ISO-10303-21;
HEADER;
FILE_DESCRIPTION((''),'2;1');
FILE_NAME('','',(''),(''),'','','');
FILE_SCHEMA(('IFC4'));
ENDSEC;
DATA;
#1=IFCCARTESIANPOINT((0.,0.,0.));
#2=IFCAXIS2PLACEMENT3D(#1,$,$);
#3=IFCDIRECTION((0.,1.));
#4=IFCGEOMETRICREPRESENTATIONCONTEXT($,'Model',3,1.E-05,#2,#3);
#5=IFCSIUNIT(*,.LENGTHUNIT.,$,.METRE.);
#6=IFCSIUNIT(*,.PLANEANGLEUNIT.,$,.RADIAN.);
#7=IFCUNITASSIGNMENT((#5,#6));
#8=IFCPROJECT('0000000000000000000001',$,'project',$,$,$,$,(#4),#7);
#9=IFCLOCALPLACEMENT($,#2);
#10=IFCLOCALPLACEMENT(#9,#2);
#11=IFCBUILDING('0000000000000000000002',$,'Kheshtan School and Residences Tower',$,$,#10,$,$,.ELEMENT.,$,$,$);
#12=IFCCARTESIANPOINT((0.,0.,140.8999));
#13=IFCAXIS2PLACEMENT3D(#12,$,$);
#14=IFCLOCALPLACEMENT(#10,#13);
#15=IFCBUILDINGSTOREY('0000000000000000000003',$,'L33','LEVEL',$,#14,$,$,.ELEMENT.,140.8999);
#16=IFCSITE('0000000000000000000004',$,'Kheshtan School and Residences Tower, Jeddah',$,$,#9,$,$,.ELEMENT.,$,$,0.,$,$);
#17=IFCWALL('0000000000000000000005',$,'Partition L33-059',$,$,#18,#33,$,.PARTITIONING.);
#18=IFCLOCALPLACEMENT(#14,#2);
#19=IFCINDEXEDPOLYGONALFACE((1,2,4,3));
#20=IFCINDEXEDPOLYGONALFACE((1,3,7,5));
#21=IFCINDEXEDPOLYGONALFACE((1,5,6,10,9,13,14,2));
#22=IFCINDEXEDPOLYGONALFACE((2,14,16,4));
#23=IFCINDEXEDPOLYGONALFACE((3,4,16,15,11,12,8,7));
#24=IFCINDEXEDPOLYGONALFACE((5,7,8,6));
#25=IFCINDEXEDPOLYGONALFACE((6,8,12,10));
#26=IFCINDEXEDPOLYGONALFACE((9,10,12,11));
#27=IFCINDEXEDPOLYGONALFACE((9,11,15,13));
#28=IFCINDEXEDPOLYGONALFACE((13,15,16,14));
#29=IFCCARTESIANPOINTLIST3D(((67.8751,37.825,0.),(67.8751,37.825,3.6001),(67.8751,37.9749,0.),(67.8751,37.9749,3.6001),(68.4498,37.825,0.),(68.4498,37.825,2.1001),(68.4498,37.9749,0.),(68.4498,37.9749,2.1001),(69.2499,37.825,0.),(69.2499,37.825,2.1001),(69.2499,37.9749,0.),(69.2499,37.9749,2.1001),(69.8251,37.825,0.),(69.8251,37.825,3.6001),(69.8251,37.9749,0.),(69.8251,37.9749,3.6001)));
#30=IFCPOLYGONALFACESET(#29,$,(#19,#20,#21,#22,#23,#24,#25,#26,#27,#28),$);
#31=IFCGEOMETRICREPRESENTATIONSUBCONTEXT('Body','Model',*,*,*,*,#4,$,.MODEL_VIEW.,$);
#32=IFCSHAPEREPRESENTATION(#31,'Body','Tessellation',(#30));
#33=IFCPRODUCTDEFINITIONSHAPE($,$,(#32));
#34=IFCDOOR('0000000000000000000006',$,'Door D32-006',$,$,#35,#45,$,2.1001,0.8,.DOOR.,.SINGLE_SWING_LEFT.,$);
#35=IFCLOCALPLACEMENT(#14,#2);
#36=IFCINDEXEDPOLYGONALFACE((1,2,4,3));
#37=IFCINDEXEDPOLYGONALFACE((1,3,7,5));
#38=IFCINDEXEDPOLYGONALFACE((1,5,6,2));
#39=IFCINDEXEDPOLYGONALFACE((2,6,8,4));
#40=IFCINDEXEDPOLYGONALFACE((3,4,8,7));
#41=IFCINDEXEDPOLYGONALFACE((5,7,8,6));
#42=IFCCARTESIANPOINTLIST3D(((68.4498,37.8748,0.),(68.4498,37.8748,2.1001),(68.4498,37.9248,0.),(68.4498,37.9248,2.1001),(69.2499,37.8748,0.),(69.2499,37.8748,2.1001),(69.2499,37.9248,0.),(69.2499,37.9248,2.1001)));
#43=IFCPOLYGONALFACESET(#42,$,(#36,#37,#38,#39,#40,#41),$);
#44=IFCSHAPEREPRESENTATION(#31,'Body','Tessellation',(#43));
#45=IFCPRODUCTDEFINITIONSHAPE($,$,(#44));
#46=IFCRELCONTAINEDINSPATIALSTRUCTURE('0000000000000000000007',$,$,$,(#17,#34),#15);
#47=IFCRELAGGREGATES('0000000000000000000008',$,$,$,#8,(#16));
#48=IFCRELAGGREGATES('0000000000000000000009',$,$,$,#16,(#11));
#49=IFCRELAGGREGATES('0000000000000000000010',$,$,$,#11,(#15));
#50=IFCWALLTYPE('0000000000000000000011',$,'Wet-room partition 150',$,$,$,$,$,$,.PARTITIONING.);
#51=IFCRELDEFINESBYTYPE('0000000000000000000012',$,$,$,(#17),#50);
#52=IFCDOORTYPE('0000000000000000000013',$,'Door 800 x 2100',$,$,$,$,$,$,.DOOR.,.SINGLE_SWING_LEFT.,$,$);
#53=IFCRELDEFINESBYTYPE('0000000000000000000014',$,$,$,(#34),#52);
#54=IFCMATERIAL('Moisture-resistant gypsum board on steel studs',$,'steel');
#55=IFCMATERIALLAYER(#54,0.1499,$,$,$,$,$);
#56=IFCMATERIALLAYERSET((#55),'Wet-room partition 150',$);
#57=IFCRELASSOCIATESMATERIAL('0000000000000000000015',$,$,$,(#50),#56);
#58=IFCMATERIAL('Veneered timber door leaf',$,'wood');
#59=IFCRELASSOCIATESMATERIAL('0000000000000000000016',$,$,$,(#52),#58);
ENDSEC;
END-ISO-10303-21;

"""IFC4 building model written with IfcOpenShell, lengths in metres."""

from ifc_helpers import new_model, si_unit, direction, frame, frame_2d, origin, place, context, subcontext, project, spatial, rectangle, extrude, source, transform, mapped, material, layer, layer_set, type_object, element, fill, save


model = new_model("IFC4")

# Units and contexts
model_context = context("Model", 3, precision=1e-05, world=origin(), true_north=direction((0.0, 1.0)))
body_context = subcontext(model_context, "Body", "Model", "MODEL_VIEW")
ifc_project = project(units=[si_unit("LENGTHUNIT", "METRE"), si_unit("PLANEANGLEUNIT", "RADIAN")], contexts=[model_context])

# Site, building, storey
site_placement = place(None, origin())
site = spatial("IfcSite", under=ifc_project, at=site_placement, Name="Kheshtan School and Residences Tower, Jeddah", CompositionType="ELEMENT", RefElevation=0.0)
building_placement = place(site_placement, origin())
building = spatial("IfcBuilding", under=site, at=building_placement, Name="Kheshtan School and Residences Tower", CompositionType="ELEMENT")
storey_placement = place(building_placement, frame((0.0, 0.0, 140.8999)))
storey = spatial("IfcBuildingStorey", under=building, at=storey_placement, Name="L33", Description="LEVEL", CompositionType="ELEMENT", Elevation=140.8999)

# Shared definitions
ifc_material_1 = material(Name="Moisture-resistant gypsum board on steel studs", Category="steel")
ifc_layer_1 = layer(ifc_material_1, 0.1499)
ifc_layer_set_1 = layer_set([ifc_layer_1], Name="Wet-room partition 150")
wall_type_1 = type_object("IfcWallType", Name="Wet-room partition 150", PredefinedType="PARTITIONING", material=ifc_layer_set_1)
ifc_material_2 = material(Name="Veneered timber door leaf", Category="wood")

# Wall, opening, door
wall_1_placement = place(storey_placement, frame((67.875, 37.8999, 0.0), z_axis=(0.0, 0.0, 1.0), x_axis=(1.0, 0.0, 0.0)))
wall_1 = element("IfcWall", 1, at=wall_1_placement, inside=storey, type_object=wall_type_1, Name="Partition L33-059", PredefinedType="PARTITIONING", context=body_context, shape_type="SweptSolid", body=[
    extrude(rectangle(XDim=1.95, YDim=0.1499, at=frame_2d((0.9751, 0.0))), origin(), (0.0, 0.0, 1.0), 3.6001),
])
opening_1_placement = place(wall_1_placement, frame((0.575, 0.0, 0.0)))
opening_1 = element("IfcOpeningElement", 2, at=opening_1_placement, cuts=wall_1, PredefinedType="OPENING", context=body_context, shape_type="SweptSolid", body=[
    extrude(rectangle(XDim=0.8, YDim=2.1001, at=frame_2d((0.3999, 1.05))), frame((0.0, 0.085, 0.0), z_axis=(0.0, -1.0, 0.0), x_axis=(1.0, 0.0, 0.0)), (0.0, 0.0, 1.0), 0.1699),
])
door_type_1 = type_object("IfcDoorType", Name="Door 800 x 2100", OperationType="SINGLE_SWING_LEFT", PredefinedType="DOOR", material=ifc_material_2)
shared_shape_1 = source(origin(), body_context, "Body", "SweptSolid", [
    extrude(rectangle(XDim=0.8, YDim=2.1001, at=frame_2d((0.3999, 1.05))), frame((0.0, 0.0249, 0.0), z_axis=(0.0, -1.0, 0.0), x_axis=(1.0, 0.0, 0.0)), (0.0, 0.0, 1.0), 0.05),
])
door_1_placement = place(opening_1_placement, origin())
door_1 = element("IfcDoor", 3, at=door_1_placement, inside=storey, type_object=door_type_1, Name="Door D32-006", OperationType="SINGLE_SWING_LEFT", OverallHeight=2.1001, OverallWidth=0.8, PredefinedType="DOOR", context=body_context, shape_type="MappedRepresentation", body=[
    mapped(shared_shape_1, transform((0.0, 0.0, 0.0), x_axis=(1.0, 0.0, 0.0), y_axis=(0.0, 1.0, 0.0), z_axis=(0.0, 0.0, 1.0), scale=1.0)),
])
fill(opening_1, door_1)

save(model, "model.ifc")
